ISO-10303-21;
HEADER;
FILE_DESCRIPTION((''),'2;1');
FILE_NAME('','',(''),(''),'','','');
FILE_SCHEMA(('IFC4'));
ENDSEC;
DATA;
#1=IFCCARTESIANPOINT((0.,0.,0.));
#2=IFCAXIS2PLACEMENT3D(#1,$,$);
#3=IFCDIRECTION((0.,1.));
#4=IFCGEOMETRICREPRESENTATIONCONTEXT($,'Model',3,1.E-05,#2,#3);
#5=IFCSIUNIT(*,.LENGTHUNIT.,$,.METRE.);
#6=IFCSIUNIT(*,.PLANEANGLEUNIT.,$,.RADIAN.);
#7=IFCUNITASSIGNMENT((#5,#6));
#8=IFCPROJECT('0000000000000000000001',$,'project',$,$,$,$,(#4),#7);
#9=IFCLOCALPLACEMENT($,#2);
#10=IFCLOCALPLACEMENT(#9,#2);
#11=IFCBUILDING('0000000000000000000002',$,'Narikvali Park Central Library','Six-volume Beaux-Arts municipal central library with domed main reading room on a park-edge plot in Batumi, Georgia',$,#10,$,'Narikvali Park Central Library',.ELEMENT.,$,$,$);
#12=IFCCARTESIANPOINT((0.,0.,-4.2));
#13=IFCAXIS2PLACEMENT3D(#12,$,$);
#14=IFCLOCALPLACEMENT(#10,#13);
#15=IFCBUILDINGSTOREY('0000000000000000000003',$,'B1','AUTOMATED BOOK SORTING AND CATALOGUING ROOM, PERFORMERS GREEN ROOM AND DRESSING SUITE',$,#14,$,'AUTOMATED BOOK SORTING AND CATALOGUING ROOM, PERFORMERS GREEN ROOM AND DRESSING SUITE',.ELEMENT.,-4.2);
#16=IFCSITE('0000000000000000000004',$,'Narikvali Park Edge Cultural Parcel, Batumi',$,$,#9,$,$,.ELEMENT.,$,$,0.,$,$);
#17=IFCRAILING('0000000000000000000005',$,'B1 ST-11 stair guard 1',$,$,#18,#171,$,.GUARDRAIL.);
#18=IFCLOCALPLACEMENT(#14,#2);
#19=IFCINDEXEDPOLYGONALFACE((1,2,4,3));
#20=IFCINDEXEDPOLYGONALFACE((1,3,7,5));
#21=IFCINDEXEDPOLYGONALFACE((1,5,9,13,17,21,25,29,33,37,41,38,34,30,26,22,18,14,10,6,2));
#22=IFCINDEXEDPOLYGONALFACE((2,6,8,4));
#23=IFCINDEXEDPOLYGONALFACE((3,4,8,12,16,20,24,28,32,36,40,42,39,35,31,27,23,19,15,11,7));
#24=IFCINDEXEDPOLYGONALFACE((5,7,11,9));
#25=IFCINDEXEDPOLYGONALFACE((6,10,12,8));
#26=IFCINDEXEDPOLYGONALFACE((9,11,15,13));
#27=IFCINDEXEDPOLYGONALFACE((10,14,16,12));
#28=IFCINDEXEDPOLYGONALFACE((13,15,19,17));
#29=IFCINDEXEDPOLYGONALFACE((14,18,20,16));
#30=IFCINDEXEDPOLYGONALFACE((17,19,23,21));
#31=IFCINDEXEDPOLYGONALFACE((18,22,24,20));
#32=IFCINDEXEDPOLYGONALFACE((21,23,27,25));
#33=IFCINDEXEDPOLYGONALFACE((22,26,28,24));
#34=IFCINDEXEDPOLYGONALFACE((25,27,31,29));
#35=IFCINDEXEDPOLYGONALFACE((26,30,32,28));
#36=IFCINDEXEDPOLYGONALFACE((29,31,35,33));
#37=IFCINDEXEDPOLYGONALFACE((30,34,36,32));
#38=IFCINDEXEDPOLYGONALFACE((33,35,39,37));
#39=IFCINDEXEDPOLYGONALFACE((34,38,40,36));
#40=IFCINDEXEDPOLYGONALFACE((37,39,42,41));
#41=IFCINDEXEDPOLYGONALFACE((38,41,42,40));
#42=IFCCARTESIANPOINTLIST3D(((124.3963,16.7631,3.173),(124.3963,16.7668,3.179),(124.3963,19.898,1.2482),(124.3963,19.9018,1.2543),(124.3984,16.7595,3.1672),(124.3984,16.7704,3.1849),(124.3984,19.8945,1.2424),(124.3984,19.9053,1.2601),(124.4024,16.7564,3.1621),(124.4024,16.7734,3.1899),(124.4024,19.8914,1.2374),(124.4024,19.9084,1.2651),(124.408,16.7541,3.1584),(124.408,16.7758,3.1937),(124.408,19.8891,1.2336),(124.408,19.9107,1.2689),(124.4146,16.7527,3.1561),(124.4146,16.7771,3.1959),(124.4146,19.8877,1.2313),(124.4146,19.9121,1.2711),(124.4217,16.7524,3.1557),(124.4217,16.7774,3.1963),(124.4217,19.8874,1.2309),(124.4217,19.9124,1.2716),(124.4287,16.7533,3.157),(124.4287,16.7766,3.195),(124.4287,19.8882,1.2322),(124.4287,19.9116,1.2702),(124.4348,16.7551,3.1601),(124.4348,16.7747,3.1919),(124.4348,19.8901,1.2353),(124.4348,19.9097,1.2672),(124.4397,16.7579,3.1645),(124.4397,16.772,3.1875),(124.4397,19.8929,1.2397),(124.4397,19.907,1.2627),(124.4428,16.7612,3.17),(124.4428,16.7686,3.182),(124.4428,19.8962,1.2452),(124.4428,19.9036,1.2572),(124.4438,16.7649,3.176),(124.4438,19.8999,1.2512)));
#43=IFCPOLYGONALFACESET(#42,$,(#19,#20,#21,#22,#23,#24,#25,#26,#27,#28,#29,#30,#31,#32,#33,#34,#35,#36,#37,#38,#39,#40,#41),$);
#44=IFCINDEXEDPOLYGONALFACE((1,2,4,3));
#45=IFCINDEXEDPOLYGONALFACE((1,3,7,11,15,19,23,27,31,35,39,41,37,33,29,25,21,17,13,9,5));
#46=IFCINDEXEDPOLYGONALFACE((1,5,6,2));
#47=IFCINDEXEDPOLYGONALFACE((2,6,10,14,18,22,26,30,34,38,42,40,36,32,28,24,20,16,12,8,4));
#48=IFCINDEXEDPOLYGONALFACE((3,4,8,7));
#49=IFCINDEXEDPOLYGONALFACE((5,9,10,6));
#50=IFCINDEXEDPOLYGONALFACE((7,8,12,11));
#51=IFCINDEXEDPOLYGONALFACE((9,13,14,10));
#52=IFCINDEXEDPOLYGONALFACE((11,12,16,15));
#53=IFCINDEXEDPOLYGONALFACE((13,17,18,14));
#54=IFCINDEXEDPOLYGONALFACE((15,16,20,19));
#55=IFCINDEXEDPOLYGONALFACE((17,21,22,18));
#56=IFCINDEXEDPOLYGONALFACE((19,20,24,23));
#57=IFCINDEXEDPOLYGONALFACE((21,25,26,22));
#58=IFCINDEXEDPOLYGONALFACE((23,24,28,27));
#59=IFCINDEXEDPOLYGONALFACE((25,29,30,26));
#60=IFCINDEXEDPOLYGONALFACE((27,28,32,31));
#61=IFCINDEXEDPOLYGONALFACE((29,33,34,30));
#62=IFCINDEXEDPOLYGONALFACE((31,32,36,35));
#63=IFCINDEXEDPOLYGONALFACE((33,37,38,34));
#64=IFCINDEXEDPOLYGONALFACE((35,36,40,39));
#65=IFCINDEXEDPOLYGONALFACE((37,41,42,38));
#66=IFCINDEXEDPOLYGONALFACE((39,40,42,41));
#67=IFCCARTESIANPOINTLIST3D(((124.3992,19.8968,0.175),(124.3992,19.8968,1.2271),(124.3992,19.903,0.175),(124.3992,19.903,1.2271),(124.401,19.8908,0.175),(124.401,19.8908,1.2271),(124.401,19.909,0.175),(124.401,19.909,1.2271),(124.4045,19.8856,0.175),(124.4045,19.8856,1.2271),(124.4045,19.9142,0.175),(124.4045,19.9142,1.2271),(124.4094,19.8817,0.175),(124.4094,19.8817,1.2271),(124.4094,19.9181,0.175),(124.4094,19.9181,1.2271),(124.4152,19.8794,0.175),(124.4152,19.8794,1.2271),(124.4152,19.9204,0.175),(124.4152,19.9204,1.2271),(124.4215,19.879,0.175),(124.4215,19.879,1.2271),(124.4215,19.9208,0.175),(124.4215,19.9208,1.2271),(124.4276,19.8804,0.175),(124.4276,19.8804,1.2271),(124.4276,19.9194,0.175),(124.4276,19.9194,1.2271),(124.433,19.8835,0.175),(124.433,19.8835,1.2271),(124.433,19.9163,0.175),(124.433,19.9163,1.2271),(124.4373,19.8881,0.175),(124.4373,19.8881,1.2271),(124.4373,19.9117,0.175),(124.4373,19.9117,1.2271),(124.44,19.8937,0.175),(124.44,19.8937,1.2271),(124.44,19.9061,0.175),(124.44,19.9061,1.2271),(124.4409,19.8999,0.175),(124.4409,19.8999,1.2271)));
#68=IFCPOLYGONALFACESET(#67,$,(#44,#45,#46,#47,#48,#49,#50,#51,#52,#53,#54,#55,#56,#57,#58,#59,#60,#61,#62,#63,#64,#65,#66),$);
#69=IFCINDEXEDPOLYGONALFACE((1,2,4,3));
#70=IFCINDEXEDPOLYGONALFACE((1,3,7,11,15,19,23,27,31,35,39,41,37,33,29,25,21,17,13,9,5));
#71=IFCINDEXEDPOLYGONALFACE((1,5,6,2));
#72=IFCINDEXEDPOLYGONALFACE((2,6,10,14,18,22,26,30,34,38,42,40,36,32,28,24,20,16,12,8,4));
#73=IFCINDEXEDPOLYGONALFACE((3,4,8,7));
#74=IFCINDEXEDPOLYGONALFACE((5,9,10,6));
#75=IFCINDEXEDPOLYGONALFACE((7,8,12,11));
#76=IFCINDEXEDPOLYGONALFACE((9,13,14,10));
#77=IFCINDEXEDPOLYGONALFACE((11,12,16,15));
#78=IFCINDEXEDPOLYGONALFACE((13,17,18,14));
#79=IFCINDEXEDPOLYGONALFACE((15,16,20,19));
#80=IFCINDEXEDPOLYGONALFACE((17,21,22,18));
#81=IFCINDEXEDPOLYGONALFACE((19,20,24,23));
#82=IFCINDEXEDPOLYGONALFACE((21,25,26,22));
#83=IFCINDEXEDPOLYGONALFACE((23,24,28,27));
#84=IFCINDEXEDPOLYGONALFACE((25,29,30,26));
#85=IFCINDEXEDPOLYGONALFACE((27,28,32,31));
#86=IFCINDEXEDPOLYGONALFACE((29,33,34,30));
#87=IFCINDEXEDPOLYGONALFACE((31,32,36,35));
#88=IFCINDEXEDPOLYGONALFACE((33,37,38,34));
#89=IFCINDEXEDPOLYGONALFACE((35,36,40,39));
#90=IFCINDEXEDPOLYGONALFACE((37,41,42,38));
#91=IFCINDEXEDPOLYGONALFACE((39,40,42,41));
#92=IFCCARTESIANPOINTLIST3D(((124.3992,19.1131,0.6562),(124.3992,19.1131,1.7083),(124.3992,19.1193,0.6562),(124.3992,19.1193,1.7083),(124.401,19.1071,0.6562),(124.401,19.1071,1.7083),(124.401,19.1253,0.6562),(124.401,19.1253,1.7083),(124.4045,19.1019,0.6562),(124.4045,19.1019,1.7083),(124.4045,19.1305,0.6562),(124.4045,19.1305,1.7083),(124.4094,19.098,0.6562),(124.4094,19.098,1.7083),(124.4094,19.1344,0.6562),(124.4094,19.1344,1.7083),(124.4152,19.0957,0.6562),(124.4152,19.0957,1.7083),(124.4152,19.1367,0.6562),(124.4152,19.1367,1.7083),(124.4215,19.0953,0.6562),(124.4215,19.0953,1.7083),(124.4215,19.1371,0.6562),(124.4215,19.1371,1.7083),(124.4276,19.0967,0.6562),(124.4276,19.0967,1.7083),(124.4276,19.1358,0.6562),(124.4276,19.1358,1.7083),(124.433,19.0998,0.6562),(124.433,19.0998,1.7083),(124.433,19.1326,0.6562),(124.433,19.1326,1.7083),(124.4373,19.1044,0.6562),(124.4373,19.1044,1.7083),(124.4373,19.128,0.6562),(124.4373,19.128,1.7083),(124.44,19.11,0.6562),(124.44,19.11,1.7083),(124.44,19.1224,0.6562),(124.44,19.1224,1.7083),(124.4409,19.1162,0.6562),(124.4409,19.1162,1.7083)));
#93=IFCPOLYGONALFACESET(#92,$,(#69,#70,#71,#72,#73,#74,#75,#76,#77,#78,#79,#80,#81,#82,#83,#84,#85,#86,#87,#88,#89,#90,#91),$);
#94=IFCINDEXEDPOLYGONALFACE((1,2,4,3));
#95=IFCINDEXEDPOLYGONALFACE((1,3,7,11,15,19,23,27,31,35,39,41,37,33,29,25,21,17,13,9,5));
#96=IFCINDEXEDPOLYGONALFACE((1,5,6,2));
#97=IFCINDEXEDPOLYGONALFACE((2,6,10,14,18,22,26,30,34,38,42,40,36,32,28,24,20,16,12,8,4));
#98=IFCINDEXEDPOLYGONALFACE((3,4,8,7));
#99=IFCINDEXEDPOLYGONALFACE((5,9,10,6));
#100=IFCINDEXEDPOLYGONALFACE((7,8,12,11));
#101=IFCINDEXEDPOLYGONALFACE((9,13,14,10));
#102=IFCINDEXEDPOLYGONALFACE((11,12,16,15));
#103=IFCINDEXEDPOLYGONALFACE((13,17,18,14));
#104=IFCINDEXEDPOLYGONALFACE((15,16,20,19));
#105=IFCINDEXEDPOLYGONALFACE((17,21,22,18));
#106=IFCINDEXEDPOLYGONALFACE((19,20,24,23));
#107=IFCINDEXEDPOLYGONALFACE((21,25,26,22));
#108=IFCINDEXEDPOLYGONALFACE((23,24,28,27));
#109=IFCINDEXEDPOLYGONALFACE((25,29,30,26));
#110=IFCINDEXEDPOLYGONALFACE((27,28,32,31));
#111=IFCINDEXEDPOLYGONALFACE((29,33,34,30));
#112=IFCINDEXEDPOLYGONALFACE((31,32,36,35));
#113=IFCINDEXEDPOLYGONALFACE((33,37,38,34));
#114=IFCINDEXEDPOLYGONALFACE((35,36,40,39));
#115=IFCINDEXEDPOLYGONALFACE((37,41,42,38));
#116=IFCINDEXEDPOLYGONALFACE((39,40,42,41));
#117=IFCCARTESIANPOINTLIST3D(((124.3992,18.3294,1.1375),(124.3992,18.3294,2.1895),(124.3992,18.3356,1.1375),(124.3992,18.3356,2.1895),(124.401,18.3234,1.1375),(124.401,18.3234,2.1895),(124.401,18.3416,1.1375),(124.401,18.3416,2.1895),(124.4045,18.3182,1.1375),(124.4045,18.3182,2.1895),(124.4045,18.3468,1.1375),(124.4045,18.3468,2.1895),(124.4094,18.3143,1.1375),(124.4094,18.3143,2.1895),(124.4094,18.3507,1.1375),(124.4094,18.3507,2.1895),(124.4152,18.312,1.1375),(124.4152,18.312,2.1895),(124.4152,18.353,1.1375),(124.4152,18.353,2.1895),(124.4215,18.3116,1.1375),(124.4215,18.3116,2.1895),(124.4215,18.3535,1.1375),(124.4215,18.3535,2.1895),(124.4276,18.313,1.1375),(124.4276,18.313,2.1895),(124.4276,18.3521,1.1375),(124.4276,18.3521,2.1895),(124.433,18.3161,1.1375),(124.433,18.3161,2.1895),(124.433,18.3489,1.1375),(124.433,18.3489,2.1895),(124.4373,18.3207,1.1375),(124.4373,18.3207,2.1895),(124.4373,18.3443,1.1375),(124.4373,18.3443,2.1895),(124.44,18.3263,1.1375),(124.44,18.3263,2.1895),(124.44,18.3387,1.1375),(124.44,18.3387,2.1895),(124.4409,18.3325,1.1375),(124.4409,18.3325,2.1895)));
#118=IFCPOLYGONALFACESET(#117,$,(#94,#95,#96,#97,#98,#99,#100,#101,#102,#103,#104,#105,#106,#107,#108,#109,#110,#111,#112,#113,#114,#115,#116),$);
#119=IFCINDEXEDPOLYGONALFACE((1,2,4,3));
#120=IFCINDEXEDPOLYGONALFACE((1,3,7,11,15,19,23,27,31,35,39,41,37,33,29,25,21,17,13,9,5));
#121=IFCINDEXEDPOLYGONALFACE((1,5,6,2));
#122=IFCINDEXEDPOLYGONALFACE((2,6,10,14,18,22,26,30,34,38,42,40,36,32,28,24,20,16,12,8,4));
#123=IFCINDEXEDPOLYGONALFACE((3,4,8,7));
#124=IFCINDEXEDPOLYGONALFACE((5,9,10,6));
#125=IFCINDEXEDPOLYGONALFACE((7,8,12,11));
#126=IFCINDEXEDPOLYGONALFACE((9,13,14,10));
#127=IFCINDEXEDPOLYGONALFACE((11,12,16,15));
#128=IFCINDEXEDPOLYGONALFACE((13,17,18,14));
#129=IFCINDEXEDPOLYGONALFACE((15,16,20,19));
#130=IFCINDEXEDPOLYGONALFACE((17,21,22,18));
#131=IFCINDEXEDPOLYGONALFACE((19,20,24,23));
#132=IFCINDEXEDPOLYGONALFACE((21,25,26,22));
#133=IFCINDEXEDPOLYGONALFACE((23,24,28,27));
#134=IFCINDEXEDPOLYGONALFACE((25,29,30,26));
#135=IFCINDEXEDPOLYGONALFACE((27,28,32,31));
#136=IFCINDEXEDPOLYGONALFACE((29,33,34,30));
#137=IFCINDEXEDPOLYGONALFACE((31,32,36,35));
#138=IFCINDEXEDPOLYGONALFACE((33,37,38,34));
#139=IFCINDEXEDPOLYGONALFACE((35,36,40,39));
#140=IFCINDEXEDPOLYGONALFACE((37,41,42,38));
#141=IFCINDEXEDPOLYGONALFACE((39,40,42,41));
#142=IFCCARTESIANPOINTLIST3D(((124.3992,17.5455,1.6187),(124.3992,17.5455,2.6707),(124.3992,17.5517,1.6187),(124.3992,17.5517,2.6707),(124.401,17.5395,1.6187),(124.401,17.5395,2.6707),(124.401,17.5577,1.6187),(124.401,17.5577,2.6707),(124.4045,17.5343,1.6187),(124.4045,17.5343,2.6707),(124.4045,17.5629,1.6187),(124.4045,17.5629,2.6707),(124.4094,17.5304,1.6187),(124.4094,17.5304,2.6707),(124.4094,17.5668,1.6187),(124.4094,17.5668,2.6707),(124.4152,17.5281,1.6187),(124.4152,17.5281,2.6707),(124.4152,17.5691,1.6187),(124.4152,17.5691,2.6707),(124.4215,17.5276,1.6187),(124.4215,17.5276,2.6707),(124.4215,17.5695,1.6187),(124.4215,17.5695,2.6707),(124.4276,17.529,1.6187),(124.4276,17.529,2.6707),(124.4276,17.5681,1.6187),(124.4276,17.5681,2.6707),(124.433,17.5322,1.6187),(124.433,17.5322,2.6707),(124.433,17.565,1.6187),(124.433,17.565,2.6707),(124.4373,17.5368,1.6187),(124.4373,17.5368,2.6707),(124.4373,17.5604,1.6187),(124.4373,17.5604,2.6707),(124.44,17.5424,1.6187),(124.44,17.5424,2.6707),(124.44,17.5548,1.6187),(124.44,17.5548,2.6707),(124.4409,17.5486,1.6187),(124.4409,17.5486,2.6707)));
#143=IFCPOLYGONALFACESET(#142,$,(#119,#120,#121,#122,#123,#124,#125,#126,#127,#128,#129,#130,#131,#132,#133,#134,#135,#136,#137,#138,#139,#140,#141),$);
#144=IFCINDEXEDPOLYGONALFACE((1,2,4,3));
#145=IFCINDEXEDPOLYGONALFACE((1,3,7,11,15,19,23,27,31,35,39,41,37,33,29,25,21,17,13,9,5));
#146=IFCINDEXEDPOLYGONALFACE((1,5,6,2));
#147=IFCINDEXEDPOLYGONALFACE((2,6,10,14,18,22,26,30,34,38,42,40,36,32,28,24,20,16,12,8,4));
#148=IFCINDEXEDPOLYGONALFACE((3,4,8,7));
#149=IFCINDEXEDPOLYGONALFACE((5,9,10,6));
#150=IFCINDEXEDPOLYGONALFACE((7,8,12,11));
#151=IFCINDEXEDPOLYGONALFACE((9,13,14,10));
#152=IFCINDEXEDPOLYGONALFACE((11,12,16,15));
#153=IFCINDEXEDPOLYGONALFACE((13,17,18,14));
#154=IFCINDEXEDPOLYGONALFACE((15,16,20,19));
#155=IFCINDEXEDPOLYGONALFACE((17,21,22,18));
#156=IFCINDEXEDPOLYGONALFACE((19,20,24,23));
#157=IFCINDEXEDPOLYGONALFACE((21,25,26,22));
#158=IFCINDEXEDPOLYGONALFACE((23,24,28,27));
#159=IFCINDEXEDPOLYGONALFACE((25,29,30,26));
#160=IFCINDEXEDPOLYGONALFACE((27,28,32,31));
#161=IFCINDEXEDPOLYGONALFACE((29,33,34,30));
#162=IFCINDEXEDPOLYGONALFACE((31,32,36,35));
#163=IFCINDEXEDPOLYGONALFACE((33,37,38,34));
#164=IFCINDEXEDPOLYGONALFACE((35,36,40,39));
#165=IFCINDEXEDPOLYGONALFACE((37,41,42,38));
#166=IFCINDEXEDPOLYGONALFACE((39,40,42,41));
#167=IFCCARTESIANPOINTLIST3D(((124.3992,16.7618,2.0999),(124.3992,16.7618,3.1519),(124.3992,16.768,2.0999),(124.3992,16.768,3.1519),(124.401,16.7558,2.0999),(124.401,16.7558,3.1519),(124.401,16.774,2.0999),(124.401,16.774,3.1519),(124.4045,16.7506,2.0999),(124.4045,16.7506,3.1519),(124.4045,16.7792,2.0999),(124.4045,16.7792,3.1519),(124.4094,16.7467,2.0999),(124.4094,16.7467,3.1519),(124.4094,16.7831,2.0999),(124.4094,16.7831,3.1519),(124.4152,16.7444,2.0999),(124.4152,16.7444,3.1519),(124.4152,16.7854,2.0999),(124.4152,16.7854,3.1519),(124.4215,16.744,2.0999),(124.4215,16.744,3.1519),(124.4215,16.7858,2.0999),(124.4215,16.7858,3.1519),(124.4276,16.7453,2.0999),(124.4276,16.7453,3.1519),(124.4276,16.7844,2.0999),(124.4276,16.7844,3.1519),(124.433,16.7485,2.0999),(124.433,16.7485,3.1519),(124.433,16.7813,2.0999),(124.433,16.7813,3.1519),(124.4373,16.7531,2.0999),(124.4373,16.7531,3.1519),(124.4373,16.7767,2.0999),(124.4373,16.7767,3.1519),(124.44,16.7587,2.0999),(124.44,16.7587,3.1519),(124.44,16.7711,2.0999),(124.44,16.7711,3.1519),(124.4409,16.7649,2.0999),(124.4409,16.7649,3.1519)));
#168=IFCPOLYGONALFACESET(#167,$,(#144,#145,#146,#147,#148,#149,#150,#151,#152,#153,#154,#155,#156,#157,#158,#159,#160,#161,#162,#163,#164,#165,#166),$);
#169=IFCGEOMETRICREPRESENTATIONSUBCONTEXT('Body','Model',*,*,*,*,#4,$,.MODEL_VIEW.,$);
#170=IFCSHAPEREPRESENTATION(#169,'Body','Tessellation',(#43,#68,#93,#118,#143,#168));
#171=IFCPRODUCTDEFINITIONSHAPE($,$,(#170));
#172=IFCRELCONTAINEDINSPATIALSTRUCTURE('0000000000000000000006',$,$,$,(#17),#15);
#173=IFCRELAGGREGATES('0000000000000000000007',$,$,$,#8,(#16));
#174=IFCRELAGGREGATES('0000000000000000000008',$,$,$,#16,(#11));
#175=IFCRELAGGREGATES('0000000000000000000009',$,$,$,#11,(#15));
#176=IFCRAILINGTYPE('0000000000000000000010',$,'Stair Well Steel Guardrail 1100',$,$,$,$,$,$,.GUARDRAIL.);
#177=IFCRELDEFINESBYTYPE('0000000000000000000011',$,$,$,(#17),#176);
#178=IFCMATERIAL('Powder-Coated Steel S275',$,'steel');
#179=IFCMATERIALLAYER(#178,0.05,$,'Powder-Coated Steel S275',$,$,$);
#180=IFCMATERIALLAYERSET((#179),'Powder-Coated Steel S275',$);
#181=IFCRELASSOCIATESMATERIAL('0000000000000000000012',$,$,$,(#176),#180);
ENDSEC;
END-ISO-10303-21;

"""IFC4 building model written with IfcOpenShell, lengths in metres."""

from ifc_helpers import new_model, si_unit, direction, frame, origin, origin_2d, place, context, subcontext, project, spatial, circle, extrude, material, layer, layer_set, type_object, element, save


model = new_model("IFC4")

# Units and contexts
model_context = context("Model", 3, precision=1e-05, world=origin(), true_north=direction((0.0, 1.0)))
body_context = subcontext(model_context, "Body", "Model", "MODEL_VIEW")
ifc_project = project(units=[si_unit("LENGTHUNIT", "METRE"), si_unit("PLANEANGLEUNIT", "RADIAN")], contexts=[model_context])

# Site, building, storey
site_placement = place(None, origin())
site = spatial("IfcSite", under=ifc_project, at=site_placement, Name="Narikvali Park Edge Cultural Parcel, Batumi", CompositionType="ELEMENT", RefElevation=0.0)
building_placement = place(site_placement, origin())
building = spatial("IfcBuilding", under=site, at=building_placement, Name="Narikvali Park Central Library", Description="Six-volume Beaux-Arts municipal central library with domed main reading room on a park-edge plot in Batumi, Georgia", LongName="Narikvali Park Central Library", CompositionType="ELEMENT")
storey_placement = place(building_placement, frame((0.0, 0.0, -4.2)))
storey = spatial("IfcBuildingStorey", under=building, at=storey_placement, Name="B1", Description="AUTOMATED BOOK SORTING AND CATALOGUING ROOM, PERFORMERS GREEN ROOM AND DRESSING SUITE", LongName="AUTOMATED BOOK SORTING AND CATALOGUING ROOM, PERFORMERS GREEN ROOM AND DRESSING SUITE", CompositionType="ELEMENT", Elevation=-4.2)

# Railing
ifc_material_1 = material(Name="Powder-Coated Steel S275", Category="steel")
ifc_layer_1 = layer(ifc_material_1, 0.05, Name="Powder-Coated Steel S275")
ifc_layer_set_1 = layer_set([ifc_layer_1], Name="Powder-Coated Steel S275")
railing_type_1 = type_object("IfcRailingType", Name="Stair Well Steel Guardrail 1100", PredefinedType="GUARDRAIL", material=ifc_layer_set_1)
railing_1_placement = place(storey_placement, frame((124.4199, 19.8999, 0.175)))
element("IfcRailing", 1, at=railing_1_placement, inside=storey, type_object=railing_type_1, Name="B1 ST-11 stair guard 1", PredefinedType="GUARDRAIL", context=body_context, shape_type="SweptSolid", body=[
    extrude(circle(Radius=0.0239, at=origin_2d()), frame((0.0, 0.0, 1.0762), z_axis=(0.0, -0.852196, 0.523223), x_axis=(1.0, 0.0, 0.0)), (0.0, 0.0, 1.0), 3.6787),
    extrude(circle(Radius=0.021, at=origin_2d()), origin(), (0.0, 0.0, 1.0), 1.052),
    extrude(circle(Radius=0.021, at=origin_2d()), frame((0.0, -0.7837, 0.4812)), (0.0, 0.0, 1.0), 1.052),
    extrude(circle(Radius=0.021, at=origin_2d()), frame((0.0, -1.5674, 0.9624)), (0.0, 0.0, 1.0), 1.052),
    extrude(circle(Radius=0.021, at=origin_2d()), frame((0.0, -2.3513, 1.4436)), (0.0, 0.0, 1.0), 1.052),
    extrude(circle(Radius=0.021, at=origin_2d()), frame((0.0, -3.135, 1.9248)), (0.0, 0.0, 1.0), 1.052),
])

save(model, "model.ifc")
